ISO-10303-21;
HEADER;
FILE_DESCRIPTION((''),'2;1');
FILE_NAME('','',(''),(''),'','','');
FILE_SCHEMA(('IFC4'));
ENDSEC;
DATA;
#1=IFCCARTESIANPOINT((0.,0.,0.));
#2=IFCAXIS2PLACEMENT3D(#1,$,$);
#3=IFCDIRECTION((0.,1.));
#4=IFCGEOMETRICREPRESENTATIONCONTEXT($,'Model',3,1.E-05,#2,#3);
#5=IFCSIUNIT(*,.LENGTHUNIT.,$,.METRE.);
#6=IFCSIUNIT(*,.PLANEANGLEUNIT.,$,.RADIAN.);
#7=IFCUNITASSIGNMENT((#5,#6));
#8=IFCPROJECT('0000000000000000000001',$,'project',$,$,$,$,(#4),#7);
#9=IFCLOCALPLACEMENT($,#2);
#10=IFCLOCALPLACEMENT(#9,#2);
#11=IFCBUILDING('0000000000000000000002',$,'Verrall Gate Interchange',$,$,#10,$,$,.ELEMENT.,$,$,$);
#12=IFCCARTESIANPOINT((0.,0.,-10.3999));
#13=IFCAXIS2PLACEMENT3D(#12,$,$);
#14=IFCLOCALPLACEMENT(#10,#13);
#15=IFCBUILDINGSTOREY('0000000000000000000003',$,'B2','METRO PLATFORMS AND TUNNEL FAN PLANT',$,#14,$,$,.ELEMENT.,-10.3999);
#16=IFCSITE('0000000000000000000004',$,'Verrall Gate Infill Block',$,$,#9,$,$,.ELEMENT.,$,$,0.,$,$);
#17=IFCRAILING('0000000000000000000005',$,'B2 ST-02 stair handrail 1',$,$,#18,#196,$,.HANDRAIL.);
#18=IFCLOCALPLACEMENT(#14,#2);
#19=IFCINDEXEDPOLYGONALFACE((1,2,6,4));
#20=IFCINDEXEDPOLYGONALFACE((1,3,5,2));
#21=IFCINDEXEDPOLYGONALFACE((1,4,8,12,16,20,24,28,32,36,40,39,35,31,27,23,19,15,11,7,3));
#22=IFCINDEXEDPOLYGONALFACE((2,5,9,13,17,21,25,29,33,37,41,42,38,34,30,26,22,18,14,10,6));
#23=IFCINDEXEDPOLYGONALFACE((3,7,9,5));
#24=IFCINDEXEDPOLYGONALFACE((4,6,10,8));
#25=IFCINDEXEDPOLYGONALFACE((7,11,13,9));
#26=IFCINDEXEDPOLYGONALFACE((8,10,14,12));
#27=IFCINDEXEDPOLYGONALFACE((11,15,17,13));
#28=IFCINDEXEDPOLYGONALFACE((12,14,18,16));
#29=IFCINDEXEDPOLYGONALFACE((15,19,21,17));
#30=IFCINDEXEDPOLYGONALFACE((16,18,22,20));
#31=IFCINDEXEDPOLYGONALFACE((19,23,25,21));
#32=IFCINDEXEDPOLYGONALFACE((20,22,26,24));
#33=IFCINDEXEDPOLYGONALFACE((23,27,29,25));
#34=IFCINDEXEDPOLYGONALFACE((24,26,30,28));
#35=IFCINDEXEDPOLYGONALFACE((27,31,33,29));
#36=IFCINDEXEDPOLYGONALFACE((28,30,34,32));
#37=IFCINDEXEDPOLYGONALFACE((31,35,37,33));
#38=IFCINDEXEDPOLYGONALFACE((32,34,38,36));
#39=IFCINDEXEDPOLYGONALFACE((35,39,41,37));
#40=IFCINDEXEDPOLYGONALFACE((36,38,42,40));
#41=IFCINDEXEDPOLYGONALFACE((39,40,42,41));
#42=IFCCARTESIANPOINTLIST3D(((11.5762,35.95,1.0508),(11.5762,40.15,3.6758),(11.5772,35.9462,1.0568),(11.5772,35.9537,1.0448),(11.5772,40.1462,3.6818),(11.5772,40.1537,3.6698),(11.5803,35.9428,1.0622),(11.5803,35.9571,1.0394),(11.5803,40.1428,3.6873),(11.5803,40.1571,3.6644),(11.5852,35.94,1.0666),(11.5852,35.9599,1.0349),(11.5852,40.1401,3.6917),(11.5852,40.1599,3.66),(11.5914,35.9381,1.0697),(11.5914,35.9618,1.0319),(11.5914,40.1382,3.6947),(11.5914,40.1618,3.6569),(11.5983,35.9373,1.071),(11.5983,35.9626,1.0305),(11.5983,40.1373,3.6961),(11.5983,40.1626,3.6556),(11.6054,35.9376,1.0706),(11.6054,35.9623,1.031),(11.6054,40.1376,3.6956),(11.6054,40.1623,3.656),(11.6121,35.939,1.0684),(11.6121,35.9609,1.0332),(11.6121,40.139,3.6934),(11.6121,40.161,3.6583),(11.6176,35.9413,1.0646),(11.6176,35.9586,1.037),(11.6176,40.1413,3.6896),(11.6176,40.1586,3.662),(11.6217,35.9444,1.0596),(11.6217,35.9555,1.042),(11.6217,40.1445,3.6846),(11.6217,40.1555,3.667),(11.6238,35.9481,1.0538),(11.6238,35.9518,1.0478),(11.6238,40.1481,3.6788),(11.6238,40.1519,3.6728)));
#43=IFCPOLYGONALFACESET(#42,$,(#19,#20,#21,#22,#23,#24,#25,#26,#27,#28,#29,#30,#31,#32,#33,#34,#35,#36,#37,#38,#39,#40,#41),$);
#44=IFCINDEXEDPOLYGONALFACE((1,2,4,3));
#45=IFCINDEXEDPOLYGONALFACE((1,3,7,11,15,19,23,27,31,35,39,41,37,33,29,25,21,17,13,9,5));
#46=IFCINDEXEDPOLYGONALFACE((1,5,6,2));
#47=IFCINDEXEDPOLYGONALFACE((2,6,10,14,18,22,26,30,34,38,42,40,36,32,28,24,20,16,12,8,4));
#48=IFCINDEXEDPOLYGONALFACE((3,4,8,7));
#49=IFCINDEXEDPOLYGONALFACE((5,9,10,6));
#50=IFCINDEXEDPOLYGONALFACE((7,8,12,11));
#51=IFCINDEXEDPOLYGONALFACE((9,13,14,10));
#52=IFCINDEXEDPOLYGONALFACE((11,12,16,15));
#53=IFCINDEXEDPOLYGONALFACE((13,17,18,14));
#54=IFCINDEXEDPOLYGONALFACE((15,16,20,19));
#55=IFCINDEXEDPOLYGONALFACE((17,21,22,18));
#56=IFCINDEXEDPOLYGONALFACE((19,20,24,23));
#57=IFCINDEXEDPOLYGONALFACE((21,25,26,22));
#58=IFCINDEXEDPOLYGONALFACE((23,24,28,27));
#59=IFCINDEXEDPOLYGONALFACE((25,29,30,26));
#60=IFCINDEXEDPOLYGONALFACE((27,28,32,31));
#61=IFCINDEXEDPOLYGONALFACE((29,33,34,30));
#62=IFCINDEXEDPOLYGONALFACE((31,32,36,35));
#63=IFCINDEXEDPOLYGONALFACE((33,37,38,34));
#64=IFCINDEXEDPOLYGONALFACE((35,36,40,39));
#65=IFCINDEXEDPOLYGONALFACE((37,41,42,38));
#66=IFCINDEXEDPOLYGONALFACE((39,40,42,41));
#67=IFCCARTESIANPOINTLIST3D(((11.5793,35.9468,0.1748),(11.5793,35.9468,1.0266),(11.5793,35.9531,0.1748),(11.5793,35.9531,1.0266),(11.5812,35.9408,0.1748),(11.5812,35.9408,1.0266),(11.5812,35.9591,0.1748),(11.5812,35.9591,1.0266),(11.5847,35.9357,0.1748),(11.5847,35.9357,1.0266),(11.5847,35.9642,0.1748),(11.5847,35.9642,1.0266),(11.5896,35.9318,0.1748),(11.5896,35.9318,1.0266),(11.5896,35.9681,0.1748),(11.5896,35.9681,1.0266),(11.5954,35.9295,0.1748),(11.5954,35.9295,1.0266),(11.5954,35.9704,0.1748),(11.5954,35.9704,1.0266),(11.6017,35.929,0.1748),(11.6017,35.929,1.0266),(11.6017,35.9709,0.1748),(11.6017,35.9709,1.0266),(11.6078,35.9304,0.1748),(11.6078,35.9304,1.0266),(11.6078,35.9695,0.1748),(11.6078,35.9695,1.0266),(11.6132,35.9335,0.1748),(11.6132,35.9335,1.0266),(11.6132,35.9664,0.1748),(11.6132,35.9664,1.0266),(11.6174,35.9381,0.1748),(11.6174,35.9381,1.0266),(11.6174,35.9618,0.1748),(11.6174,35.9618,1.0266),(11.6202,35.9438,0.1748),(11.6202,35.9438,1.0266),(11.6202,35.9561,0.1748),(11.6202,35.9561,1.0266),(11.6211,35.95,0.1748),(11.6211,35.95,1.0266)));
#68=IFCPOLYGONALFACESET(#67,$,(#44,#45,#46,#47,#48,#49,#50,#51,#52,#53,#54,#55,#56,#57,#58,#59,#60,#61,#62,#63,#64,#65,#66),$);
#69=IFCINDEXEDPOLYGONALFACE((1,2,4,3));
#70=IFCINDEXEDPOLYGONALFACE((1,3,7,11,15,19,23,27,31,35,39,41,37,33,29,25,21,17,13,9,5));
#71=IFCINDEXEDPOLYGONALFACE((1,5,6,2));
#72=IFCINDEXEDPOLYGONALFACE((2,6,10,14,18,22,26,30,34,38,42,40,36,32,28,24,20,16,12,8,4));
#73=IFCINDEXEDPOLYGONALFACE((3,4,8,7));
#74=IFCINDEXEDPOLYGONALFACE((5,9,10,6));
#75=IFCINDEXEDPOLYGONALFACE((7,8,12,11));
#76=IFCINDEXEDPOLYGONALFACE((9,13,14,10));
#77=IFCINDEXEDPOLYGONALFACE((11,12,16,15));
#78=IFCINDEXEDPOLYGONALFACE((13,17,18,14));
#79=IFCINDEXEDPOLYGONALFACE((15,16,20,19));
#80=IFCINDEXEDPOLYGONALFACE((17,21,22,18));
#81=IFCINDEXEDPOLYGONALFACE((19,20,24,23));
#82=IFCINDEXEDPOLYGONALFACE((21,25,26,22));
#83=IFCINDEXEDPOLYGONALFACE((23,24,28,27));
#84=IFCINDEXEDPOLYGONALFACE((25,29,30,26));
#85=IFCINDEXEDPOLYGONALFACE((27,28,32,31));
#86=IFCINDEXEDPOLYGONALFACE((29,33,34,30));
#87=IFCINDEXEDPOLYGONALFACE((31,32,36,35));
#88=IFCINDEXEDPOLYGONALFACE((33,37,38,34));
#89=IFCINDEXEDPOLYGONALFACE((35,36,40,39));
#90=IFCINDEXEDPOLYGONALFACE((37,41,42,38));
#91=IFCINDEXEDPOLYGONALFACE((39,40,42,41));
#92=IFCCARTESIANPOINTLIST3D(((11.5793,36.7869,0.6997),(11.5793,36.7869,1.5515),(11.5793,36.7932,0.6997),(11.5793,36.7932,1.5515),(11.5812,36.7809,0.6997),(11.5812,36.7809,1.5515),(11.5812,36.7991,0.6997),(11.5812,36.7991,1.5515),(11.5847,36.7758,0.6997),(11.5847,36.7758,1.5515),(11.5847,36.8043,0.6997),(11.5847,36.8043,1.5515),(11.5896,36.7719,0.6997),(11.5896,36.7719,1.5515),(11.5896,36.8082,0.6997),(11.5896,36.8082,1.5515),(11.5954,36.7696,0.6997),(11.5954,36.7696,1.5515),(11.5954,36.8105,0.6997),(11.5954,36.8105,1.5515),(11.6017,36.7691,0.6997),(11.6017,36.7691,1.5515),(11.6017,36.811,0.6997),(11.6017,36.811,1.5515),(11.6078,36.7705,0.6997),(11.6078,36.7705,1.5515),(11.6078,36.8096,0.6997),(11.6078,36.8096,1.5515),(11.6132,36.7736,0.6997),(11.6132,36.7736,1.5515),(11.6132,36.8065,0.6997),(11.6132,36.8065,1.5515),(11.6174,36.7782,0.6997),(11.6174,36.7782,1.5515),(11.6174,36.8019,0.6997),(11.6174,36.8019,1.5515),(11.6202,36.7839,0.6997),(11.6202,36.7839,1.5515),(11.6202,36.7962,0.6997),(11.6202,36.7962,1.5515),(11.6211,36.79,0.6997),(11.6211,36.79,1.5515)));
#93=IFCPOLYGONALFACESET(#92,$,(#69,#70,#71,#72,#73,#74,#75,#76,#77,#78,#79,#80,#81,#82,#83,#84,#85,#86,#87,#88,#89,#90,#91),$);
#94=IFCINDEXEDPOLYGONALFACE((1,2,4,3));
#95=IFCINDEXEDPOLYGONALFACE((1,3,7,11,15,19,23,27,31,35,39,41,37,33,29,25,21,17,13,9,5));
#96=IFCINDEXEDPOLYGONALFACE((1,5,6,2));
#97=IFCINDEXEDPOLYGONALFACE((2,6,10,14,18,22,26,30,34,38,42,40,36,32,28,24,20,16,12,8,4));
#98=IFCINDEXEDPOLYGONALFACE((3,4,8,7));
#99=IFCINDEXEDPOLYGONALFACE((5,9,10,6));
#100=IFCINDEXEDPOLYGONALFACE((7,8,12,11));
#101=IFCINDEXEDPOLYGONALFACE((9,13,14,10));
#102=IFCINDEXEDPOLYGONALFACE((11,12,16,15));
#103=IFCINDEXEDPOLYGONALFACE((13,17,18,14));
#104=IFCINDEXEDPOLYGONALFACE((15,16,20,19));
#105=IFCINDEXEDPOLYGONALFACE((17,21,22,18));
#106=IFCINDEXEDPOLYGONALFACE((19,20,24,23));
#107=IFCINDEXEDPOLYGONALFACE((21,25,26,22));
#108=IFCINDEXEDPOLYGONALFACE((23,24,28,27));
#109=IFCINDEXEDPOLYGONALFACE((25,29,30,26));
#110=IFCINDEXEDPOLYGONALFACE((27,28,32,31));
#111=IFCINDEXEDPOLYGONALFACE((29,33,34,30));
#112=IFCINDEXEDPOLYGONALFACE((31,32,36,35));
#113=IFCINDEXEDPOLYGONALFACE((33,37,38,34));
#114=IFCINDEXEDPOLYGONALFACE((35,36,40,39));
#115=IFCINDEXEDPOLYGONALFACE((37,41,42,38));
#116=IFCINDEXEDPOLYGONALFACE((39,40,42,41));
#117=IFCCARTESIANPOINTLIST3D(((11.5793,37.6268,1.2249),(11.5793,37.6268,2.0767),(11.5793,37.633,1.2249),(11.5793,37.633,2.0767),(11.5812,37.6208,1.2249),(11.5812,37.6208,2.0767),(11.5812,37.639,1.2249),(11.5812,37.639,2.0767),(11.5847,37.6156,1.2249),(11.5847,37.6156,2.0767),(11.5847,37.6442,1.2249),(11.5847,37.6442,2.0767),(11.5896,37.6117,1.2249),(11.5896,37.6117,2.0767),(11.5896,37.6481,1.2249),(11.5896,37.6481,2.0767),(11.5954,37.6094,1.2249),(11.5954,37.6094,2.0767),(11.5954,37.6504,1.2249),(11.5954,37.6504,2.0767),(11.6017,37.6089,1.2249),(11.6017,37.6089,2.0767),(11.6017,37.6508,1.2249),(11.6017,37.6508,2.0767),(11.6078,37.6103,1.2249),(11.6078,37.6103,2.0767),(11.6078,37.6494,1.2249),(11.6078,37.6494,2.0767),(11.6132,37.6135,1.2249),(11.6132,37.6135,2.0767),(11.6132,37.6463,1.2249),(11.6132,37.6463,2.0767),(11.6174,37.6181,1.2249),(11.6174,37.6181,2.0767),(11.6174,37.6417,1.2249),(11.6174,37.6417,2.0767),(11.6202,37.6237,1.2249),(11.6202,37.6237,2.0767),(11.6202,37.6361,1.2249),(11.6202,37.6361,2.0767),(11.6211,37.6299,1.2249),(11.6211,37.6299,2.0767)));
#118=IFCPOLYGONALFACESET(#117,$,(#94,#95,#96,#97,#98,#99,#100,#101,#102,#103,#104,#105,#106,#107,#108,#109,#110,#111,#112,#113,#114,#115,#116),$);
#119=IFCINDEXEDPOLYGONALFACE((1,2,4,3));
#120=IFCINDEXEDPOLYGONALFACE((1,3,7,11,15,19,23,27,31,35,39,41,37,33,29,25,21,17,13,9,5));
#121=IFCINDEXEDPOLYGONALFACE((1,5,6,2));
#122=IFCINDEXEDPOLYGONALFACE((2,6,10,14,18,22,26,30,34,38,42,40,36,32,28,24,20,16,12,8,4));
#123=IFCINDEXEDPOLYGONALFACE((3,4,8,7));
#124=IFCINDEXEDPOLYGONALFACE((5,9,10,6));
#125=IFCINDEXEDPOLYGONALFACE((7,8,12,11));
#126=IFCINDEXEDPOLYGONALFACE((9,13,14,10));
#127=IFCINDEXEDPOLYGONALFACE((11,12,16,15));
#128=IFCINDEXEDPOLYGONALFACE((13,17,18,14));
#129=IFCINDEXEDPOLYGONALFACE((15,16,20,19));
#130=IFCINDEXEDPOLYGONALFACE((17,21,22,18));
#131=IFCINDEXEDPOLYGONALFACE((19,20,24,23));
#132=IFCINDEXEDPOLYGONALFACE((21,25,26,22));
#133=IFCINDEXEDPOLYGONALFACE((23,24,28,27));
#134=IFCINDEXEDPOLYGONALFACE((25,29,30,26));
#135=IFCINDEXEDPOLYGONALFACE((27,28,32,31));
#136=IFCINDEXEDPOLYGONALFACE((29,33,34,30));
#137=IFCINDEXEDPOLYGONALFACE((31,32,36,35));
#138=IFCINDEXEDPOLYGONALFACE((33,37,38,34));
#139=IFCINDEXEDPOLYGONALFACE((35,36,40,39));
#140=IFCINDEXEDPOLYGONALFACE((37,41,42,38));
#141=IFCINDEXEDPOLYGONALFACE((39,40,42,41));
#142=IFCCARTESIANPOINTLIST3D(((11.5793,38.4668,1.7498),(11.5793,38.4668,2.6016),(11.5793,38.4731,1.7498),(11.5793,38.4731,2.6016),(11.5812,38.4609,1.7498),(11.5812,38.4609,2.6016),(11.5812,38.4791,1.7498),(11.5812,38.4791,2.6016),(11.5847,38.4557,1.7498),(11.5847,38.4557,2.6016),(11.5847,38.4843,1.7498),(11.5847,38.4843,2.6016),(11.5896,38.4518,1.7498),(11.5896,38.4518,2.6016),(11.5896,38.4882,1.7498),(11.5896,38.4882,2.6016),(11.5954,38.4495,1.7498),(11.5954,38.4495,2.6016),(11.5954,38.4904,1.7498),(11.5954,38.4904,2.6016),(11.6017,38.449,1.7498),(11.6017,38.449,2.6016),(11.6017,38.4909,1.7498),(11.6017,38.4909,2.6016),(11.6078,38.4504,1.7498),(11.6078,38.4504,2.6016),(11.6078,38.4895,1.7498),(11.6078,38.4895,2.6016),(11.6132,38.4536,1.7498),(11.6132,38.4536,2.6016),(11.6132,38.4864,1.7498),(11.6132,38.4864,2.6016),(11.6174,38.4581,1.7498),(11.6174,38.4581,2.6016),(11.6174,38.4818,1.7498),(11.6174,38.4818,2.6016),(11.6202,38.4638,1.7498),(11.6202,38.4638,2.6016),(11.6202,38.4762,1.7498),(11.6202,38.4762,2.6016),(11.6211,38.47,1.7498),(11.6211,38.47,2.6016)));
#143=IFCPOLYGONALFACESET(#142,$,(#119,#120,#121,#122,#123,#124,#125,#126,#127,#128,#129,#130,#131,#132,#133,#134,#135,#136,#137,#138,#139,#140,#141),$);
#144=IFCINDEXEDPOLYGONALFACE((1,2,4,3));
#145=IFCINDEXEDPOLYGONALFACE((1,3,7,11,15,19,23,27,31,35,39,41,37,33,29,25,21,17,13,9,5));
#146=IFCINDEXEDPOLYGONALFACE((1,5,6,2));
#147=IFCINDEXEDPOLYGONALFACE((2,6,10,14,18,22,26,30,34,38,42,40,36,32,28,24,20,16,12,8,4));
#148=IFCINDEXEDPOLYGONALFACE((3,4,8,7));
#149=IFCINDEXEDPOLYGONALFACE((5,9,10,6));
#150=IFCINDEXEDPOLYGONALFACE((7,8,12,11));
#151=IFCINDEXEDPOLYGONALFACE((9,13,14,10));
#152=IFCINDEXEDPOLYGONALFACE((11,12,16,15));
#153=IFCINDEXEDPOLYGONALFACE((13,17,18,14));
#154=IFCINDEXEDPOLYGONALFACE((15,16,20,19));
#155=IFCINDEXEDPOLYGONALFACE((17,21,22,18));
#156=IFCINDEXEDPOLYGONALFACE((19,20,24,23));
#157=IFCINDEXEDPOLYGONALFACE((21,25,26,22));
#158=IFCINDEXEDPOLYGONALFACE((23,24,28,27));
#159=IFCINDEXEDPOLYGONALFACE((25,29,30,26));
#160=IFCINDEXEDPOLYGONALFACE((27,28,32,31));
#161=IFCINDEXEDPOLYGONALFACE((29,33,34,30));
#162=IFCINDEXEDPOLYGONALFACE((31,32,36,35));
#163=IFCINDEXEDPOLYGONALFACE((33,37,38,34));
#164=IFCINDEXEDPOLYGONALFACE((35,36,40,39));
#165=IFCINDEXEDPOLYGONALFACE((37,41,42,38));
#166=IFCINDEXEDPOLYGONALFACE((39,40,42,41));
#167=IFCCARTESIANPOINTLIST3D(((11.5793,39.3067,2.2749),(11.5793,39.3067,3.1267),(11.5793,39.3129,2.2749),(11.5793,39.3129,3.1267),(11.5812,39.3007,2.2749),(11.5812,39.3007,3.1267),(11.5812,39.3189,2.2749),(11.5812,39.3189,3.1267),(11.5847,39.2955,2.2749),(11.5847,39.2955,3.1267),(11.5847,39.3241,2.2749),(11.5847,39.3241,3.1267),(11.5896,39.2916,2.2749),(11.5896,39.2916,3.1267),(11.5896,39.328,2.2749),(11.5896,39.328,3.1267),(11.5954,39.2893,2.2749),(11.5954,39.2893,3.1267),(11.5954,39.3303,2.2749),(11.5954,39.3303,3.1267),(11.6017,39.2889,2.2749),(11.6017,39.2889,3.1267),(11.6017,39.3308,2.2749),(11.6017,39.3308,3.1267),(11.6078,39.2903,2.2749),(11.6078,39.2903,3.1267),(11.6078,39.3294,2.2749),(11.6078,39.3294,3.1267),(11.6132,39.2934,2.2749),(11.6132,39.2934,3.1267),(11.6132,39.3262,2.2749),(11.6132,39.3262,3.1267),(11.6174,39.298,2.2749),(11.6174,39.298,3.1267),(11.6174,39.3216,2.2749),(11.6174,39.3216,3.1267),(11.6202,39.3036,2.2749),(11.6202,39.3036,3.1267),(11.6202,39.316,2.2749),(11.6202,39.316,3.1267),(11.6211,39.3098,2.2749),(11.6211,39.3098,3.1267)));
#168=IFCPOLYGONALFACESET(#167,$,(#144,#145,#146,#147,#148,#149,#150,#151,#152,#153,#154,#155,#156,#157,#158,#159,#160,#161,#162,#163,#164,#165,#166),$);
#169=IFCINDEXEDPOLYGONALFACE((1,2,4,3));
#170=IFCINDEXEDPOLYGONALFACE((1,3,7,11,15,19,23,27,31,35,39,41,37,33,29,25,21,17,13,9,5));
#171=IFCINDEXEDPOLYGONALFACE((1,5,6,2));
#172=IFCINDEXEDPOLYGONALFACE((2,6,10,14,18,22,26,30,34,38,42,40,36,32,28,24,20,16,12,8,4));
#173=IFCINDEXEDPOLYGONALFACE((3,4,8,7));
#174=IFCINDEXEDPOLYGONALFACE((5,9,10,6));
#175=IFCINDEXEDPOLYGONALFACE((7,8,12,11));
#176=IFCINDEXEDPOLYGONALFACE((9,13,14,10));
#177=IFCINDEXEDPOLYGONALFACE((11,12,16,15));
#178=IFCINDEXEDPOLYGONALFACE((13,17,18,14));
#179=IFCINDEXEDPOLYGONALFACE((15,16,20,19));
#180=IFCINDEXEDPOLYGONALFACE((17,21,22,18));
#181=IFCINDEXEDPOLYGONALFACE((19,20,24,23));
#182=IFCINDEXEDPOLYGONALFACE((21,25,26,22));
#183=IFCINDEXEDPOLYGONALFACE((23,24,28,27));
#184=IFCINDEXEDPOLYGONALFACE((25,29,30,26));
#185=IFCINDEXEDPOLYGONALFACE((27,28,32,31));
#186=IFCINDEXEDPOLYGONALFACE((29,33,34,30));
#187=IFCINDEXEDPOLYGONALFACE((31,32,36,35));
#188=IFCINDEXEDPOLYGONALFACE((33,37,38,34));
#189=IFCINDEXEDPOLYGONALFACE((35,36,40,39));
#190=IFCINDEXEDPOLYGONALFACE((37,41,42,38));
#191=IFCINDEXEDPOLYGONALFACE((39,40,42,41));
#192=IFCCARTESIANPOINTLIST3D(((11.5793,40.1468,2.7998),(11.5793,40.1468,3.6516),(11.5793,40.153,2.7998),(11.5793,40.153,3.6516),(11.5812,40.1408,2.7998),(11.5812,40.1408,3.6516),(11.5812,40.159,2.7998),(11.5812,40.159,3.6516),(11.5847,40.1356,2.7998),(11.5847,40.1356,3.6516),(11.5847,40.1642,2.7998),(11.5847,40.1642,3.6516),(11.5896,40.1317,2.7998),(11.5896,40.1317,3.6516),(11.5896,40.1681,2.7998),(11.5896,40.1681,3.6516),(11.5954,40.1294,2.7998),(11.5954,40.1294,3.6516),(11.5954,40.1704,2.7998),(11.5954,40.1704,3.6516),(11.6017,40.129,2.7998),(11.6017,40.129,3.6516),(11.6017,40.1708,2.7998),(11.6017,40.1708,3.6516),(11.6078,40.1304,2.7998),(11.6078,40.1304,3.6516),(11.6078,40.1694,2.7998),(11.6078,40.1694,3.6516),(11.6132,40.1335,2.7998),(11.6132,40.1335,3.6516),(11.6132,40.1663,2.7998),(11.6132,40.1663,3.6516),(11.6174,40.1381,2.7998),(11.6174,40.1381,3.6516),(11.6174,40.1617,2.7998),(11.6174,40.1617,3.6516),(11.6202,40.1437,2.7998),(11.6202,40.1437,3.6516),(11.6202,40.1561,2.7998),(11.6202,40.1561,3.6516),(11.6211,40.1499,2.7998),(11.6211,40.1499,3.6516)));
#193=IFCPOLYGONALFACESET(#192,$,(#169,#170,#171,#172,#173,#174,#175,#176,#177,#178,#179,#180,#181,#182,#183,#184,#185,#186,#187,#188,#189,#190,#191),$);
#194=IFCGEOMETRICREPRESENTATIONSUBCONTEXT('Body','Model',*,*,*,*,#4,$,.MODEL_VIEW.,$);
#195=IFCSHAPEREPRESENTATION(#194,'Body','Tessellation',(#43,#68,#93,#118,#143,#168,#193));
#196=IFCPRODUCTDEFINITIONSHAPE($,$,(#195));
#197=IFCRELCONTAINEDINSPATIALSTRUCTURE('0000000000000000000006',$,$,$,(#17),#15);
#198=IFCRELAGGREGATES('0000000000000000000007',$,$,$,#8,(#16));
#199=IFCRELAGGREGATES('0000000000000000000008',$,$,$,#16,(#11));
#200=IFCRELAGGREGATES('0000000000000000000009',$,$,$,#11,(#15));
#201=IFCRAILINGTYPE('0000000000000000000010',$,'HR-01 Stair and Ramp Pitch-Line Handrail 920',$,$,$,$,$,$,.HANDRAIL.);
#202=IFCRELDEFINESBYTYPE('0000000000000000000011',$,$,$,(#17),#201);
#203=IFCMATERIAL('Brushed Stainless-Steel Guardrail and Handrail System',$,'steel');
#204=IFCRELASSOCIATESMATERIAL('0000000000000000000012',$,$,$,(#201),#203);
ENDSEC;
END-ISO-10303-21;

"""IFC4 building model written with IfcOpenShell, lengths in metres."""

from ifc_helpers import new_model, si_unit, direction, frame, origin, origin_2d, place, context, subcontext, project, spatial, circle, extrude, material, type_object, element, save


model = new_model("IFC4")

# Units and contexts
model_context = context("Model", 3, precision=1e-05, world=origin(), true_north=direction((0.0, 1.0)))
body_context = subcontext(model_context, "Body", "Model", "MODEL_VIEW")
ifc_project = project(units=[si_unit("LENGTHUNIT", "METRE"), si_unit("PLANEANGLEUNIT", "RADIAN")], contexts=[model_context])

# Site, building, storey
site_placement = place(None, origin())
site = spatial("IfcSite", under=ifc_project, at=site_placement, Name="Verrall Gate Infill Block", CompositionType="ELEMENT", RefElevation=0.0)
building_placement = place(site_placement, origin())
building = spatial("IfcBuilding", under=site, at=building_placement, Name="Verrall Gate Interchange", CompositionType="ELEMENT")
storey_placement = place(building_placement, frame((0.0, 0.0, -10.3999)))
storey = spatial("IfcBuildingStorey", under=building, at=storey_placement, Name="B2", Description="METRO PLATFORMS AND TUNNEL FAN PLANT", CompositionType="ELEMENT", Elevation=-10.3999)

# Railing
ifc_material_1 = material(Name="Brushed Stainless-Steel Guardrail and Handrail System", Category="steel")
railing_type_1 = type_object("IfcRailingType", Name="HR-01 Stair and Ramp Pitch-Line Handrail 920", PredefinedType="HANDRAIL", material=ifc_material_1)
railing_1_placement = place(storey_placement, frame((11.6001, 35.95, 0.1748)))
element("IfcRailing", 1, at=railing_1_placement, inside=storey, type_object=railing_type_1, Name="B2 ST-02 stair handrail 1", PredefinedType="HANDRAIL", context=body_context, shape_type="SweptSolid", body=[
    extrude(circle(Radius=0.0239, at=origin_2d()), frame((0.0, 0.0, 0.876), z_axis=(0.0, 0.847996, 0.530003), x_axis=(-1.0, 0.0, 0.0)), (0.0, 0.0, 1.0), 4.9529),
    extrude(circle(Radius=0.021, at=origin_2d()), origin(), (0.0, 0.0, 1.0), 0.8518),
    extrude(circle(Radius=0.021, at=origin_2d()), frame((0.0, 0.8401, 0.5249)), (0.0, 0.0, 1.0), 0.8518),
    extrude(circle(Radius=0.021, at=origin_2d()), frame((0.0, 1.6799, 1.05)), (0.0, 0.0, 1.0), 0.8518),
    extrude(circle(Radius=0.021, at=origin_2d()), frame((0.0, 2.52, 1.575)), (0.0, 0.0, 1.0), 0.8518),
    extrude(circle(Radius=0.021, at=origin_2d()), frame((0.0, 3.3599, 2.1001)), (0.0, 0.0, 1.0), 0.8518),
    extrude(circle(Radius=0.021, at=origin_2d()), frame((0.0, 4.2, 2.625)), (0.0, 0.0, 1.0), 0.8518),
])

save(model, "model.ifc")
